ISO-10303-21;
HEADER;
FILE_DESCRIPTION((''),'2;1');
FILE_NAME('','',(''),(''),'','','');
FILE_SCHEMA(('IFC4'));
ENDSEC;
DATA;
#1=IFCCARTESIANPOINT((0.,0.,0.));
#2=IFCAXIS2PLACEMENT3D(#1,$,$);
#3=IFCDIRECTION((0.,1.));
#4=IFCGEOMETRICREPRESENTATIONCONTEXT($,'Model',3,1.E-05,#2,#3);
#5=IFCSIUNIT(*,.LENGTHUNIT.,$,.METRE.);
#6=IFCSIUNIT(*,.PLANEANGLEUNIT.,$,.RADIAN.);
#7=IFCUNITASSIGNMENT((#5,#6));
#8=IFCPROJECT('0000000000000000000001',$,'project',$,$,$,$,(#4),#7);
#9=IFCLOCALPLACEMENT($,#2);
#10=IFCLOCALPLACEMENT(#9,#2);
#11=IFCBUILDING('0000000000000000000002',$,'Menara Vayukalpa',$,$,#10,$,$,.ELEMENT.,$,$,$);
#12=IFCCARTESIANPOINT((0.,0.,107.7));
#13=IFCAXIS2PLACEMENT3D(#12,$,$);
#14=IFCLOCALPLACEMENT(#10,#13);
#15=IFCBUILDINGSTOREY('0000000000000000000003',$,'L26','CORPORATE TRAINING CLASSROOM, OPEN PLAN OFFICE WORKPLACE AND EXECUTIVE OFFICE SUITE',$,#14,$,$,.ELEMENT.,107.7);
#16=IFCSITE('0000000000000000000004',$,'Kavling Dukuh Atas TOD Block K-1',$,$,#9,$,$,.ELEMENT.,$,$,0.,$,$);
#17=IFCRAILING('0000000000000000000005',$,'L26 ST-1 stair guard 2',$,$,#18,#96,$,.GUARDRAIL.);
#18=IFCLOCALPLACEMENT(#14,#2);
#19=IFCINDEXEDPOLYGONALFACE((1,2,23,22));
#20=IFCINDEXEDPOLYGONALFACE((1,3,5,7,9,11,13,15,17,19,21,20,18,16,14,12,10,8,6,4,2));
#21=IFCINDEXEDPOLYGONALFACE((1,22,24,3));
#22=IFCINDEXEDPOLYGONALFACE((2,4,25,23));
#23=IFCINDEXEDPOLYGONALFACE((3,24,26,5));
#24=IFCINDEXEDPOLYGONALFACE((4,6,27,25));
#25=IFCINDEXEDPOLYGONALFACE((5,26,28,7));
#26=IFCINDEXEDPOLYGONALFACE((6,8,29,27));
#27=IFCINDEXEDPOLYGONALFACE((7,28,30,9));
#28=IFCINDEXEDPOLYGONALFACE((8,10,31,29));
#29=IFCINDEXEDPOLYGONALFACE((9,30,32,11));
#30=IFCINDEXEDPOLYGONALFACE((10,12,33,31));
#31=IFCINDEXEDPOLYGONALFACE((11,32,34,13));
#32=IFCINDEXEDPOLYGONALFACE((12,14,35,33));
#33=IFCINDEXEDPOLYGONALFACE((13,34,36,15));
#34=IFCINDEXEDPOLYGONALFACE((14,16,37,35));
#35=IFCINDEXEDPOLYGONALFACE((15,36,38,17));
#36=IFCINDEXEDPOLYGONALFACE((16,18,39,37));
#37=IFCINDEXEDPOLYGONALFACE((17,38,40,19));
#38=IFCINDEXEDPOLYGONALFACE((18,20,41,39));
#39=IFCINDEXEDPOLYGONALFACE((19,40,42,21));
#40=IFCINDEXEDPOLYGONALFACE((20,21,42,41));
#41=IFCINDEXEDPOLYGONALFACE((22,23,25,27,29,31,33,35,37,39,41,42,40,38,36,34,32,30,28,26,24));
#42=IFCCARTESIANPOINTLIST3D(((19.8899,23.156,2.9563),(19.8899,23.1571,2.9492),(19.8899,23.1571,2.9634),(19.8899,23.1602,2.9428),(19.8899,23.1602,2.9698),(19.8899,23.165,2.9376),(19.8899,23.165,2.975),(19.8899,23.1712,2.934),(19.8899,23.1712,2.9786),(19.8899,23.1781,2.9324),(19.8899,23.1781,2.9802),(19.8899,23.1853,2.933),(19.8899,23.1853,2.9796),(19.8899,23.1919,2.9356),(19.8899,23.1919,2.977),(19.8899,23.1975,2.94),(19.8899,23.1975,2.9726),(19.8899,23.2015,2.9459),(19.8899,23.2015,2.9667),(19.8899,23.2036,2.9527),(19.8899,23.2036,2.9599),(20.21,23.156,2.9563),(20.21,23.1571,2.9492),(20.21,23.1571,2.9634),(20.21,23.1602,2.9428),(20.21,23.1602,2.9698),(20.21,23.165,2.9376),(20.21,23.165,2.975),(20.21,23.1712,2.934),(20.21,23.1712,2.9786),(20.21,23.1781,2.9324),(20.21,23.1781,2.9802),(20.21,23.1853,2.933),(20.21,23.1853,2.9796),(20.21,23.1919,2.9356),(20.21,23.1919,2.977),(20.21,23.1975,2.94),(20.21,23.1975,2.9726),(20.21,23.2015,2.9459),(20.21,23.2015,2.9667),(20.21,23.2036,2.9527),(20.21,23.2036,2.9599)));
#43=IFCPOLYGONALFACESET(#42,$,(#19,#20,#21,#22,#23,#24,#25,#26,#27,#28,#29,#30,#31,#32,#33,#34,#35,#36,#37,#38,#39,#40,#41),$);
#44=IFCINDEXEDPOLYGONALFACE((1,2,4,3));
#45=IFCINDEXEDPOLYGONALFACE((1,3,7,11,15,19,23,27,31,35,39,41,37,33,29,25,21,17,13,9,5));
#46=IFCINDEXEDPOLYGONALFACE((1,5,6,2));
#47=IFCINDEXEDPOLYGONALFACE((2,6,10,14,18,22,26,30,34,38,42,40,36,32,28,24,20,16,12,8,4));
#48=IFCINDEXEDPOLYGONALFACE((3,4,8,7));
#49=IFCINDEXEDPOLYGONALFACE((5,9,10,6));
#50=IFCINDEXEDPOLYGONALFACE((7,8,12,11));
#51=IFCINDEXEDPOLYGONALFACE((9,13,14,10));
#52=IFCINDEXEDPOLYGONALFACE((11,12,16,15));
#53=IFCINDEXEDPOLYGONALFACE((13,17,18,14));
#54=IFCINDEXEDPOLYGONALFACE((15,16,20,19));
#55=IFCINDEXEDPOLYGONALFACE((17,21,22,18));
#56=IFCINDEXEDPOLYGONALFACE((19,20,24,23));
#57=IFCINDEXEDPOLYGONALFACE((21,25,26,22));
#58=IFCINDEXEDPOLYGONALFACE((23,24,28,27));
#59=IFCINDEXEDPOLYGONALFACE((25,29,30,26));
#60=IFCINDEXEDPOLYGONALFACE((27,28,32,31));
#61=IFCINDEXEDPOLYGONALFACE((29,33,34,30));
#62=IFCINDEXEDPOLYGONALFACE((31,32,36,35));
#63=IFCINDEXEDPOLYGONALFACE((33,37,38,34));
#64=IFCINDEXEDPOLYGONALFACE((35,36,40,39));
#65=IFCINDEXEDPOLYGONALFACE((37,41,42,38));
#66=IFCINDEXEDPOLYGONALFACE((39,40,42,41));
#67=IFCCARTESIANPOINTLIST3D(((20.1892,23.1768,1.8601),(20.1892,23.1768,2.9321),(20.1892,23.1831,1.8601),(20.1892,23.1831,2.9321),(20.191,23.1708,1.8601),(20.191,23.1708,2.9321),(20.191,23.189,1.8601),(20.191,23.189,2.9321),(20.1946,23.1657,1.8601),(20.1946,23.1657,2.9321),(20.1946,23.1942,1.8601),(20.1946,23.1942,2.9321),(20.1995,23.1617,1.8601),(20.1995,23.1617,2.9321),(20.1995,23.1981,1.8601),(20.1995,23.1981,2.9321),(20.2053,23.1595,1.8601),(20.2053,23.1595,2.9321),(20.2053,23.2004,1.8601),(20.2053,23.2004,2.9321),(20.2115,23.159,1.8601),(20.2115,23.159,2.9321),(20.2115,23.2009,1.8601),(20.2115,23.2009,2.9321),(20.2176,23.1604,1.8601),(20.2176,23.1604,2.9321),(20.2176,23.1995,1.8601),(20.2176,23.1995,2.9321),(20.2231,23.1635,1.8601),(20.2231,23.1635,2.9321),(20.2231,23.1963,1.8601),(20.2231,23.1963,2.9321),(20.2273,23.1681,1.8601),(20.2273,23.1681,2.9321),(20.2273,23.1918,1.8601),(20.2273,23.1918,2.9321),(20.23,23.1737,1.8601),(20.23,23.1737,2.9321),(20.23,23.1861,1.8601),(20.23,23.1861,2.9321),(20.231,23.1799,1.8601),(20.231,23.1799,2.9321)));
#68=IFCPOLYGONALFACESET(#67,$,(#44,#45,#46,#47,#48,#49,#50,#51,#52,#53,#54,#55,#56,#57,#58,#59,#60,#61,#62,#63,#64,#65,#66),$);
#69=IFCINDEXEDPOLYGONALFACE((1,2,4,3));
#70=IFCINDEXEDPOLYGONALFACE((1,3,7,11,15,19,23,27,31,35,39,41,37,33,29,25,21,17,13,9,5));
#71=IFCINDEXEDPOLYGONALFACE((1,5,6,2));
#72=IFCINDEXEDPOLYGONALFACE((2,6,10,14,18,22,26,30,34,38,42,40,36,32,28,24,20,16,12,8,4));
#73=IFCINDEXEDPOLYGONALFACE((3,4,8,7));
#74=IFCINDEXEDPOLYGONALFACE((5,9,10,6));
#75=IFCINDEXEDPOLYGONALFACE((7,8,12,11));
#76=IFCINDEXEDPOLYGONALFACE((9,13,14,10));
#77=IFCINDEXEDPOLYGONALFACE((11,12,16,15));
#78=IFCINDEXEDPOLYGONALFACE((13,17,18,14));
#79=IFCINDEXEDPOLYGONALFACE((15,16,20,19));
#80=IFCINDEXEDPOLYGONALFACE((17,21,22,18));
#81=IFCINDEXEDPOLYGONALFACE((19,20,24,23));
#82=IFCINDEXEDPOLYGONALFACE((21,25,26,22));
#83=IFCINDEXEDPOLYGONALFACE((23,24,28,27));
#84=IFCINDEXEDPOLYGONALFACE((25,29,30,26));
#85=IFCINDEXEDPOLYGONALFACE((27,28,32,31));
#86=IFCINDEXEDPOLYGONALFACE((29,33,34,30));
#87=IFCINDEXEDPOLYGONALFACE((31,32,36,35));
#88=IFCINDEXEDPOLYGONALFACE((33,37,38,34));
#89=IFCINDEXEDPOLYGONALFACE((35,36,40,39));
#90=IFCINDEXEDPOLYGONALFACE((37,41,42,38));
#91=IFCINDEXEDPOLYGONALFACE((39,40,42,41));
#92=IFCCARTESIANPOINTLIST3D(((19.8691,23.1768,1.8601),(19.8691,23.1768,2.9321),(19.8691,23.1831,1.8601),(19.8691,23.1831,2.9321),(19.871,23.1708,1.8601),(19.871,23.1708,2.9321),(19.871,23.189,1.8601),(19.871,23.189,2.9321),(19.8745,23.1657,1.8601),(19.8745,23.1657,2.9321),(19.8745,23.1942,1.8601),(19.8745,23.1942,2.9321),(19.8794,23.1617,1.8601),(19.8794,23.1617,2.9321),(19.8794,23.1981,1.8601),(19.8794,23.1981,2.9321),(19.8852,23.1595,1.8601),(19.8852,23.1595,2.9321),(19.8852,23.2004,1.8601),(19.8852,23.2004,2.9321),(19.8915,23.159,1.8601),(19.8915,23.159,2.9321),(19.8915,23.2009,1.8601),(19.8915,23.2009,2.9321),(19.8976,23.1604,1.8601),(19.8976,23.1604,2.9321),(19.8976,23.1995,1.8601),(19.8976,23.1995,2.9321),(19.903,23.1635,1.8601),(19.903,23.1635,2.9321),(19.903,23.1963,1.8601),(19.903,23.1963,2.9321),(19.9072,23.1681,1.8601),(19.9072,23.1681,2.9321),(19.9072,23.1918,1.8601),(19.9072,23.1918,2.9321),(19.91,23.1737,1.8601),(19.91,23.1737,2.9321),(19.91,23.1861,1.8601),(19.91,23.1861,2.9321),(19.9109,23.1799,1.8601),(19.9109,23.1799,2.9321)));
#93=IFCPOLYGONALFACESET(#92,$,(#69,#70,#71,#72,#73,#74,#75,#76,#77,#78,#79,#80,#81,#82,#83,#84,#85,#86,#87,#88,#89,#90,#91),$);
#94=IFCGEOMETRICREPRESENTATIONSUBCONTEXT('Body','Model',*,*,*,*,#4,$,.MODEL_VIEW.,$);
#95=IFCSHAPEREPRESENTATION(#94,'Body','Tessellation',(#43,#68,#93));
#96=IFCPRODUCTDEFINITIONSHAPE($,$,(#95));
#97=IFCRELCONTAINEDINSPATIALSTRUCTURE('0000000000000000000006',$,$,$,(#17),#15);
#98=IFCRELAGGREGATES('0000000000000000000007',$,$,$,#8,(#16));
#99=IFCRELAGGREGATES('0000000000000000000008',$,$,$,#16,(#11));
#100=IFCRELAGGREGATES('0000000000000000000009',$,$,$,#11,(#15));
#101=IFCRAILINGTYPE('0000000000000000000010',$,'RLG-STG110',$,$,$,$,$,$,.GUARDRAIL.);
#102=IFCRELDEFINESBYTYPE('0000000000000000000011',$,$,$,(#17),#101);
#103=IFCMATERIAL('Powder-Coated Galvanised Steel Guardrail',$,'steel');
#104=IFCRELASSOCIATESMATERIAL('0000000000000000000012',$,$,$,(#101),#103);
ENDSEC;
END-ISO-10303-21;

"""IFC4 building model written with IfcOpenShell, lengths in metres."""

from ifc_helpers import new_model, si_unit, direction, frame, origin, origin_2d, place, context, subcontext, project, spatial, circle, extrude, material, type_object, element, save


model = new_model("IFC4")

# Units and contexts
model_context = context("Model", 3, precision=1e-05, world=origin(), true_north=direction((0.0, 1.0)))
body_context = subcontext(model_context, "Body", "Model", "MODEL_VIEW")
ifc_project = project(units=[si_unit("LENGTHUNIT", "METRE"), si_unit("PLANEANGLEUNIT", "RADIAN")], contexts=[model_context])

# Site, building, storey
site_placement = place(None, origin())
site = spatial("IfcSite", under=ifc_project, at=site_placement, Name="Kavling Dukuh Atas TOD Block K-1", CompositionType="ELEMENT", RefElevation=0.0)
building_placement = place(site_placement, origin())
building = spatial("IfcBuilding", under=site, at=building_placement, Name="Menara Vayukalpa", CompositionType="ELEMENT")
storey_placement = place(building_placement, frame((0.0, 0.0, 107.7)))
storey = spatial("IfcBuildingStorey", under=building, at=storey_placement, Name="L26", Description="CORPORATE TRAINING CLASSROOM, OPEN PLAN OFFICE WORKPLACE AND EXECUTIVE OFFICE SUITE", CompositionType="ELEMENT", Elevation=107.7)

# Railing
ifc_material_1 = material(Name="Powder-Coated Galvanised Steel Guardrail", Category="steel")
railing_type_1 = type_object("IfcRailingType", Name="RLG-STG110", PredefinedType="GUARDRAIL", material=ifc_material_1)
railing_1_placement = place(storey_placement, frame((20.21, 23.1799, 1.8601)))
element("IfcRailing", 1, at=railing_1_placement, inside=storey, type_object=railing_type_1, Name="L26 ST-1 stair guard 2", PredefinedType="GUARDRAIL", context=body_context, shape_type="SweptSolid", body=[
    extrude(circle(Radius=0.0239, at=origin_2d()), frame((0.0, 0.0, 1.0962), z_axis=(-1.0, 0.0, 0.0), x_axis=(0.0, -1.0, 0.0)), (0.0, 0.0, 1.0), 0.3201),
    extrude(circle(Radius=0.021, at=origin_2d()), origin(), (0.0, 0.0, 1.0), 1.072),
    extrude(circle(Radius=0.021, at=origin_2d()), frame((-0.3201, 0.0, 0.0)), (0.0, 0.0, 1.0), 1.072),
])

save(model, "model.ifc")
